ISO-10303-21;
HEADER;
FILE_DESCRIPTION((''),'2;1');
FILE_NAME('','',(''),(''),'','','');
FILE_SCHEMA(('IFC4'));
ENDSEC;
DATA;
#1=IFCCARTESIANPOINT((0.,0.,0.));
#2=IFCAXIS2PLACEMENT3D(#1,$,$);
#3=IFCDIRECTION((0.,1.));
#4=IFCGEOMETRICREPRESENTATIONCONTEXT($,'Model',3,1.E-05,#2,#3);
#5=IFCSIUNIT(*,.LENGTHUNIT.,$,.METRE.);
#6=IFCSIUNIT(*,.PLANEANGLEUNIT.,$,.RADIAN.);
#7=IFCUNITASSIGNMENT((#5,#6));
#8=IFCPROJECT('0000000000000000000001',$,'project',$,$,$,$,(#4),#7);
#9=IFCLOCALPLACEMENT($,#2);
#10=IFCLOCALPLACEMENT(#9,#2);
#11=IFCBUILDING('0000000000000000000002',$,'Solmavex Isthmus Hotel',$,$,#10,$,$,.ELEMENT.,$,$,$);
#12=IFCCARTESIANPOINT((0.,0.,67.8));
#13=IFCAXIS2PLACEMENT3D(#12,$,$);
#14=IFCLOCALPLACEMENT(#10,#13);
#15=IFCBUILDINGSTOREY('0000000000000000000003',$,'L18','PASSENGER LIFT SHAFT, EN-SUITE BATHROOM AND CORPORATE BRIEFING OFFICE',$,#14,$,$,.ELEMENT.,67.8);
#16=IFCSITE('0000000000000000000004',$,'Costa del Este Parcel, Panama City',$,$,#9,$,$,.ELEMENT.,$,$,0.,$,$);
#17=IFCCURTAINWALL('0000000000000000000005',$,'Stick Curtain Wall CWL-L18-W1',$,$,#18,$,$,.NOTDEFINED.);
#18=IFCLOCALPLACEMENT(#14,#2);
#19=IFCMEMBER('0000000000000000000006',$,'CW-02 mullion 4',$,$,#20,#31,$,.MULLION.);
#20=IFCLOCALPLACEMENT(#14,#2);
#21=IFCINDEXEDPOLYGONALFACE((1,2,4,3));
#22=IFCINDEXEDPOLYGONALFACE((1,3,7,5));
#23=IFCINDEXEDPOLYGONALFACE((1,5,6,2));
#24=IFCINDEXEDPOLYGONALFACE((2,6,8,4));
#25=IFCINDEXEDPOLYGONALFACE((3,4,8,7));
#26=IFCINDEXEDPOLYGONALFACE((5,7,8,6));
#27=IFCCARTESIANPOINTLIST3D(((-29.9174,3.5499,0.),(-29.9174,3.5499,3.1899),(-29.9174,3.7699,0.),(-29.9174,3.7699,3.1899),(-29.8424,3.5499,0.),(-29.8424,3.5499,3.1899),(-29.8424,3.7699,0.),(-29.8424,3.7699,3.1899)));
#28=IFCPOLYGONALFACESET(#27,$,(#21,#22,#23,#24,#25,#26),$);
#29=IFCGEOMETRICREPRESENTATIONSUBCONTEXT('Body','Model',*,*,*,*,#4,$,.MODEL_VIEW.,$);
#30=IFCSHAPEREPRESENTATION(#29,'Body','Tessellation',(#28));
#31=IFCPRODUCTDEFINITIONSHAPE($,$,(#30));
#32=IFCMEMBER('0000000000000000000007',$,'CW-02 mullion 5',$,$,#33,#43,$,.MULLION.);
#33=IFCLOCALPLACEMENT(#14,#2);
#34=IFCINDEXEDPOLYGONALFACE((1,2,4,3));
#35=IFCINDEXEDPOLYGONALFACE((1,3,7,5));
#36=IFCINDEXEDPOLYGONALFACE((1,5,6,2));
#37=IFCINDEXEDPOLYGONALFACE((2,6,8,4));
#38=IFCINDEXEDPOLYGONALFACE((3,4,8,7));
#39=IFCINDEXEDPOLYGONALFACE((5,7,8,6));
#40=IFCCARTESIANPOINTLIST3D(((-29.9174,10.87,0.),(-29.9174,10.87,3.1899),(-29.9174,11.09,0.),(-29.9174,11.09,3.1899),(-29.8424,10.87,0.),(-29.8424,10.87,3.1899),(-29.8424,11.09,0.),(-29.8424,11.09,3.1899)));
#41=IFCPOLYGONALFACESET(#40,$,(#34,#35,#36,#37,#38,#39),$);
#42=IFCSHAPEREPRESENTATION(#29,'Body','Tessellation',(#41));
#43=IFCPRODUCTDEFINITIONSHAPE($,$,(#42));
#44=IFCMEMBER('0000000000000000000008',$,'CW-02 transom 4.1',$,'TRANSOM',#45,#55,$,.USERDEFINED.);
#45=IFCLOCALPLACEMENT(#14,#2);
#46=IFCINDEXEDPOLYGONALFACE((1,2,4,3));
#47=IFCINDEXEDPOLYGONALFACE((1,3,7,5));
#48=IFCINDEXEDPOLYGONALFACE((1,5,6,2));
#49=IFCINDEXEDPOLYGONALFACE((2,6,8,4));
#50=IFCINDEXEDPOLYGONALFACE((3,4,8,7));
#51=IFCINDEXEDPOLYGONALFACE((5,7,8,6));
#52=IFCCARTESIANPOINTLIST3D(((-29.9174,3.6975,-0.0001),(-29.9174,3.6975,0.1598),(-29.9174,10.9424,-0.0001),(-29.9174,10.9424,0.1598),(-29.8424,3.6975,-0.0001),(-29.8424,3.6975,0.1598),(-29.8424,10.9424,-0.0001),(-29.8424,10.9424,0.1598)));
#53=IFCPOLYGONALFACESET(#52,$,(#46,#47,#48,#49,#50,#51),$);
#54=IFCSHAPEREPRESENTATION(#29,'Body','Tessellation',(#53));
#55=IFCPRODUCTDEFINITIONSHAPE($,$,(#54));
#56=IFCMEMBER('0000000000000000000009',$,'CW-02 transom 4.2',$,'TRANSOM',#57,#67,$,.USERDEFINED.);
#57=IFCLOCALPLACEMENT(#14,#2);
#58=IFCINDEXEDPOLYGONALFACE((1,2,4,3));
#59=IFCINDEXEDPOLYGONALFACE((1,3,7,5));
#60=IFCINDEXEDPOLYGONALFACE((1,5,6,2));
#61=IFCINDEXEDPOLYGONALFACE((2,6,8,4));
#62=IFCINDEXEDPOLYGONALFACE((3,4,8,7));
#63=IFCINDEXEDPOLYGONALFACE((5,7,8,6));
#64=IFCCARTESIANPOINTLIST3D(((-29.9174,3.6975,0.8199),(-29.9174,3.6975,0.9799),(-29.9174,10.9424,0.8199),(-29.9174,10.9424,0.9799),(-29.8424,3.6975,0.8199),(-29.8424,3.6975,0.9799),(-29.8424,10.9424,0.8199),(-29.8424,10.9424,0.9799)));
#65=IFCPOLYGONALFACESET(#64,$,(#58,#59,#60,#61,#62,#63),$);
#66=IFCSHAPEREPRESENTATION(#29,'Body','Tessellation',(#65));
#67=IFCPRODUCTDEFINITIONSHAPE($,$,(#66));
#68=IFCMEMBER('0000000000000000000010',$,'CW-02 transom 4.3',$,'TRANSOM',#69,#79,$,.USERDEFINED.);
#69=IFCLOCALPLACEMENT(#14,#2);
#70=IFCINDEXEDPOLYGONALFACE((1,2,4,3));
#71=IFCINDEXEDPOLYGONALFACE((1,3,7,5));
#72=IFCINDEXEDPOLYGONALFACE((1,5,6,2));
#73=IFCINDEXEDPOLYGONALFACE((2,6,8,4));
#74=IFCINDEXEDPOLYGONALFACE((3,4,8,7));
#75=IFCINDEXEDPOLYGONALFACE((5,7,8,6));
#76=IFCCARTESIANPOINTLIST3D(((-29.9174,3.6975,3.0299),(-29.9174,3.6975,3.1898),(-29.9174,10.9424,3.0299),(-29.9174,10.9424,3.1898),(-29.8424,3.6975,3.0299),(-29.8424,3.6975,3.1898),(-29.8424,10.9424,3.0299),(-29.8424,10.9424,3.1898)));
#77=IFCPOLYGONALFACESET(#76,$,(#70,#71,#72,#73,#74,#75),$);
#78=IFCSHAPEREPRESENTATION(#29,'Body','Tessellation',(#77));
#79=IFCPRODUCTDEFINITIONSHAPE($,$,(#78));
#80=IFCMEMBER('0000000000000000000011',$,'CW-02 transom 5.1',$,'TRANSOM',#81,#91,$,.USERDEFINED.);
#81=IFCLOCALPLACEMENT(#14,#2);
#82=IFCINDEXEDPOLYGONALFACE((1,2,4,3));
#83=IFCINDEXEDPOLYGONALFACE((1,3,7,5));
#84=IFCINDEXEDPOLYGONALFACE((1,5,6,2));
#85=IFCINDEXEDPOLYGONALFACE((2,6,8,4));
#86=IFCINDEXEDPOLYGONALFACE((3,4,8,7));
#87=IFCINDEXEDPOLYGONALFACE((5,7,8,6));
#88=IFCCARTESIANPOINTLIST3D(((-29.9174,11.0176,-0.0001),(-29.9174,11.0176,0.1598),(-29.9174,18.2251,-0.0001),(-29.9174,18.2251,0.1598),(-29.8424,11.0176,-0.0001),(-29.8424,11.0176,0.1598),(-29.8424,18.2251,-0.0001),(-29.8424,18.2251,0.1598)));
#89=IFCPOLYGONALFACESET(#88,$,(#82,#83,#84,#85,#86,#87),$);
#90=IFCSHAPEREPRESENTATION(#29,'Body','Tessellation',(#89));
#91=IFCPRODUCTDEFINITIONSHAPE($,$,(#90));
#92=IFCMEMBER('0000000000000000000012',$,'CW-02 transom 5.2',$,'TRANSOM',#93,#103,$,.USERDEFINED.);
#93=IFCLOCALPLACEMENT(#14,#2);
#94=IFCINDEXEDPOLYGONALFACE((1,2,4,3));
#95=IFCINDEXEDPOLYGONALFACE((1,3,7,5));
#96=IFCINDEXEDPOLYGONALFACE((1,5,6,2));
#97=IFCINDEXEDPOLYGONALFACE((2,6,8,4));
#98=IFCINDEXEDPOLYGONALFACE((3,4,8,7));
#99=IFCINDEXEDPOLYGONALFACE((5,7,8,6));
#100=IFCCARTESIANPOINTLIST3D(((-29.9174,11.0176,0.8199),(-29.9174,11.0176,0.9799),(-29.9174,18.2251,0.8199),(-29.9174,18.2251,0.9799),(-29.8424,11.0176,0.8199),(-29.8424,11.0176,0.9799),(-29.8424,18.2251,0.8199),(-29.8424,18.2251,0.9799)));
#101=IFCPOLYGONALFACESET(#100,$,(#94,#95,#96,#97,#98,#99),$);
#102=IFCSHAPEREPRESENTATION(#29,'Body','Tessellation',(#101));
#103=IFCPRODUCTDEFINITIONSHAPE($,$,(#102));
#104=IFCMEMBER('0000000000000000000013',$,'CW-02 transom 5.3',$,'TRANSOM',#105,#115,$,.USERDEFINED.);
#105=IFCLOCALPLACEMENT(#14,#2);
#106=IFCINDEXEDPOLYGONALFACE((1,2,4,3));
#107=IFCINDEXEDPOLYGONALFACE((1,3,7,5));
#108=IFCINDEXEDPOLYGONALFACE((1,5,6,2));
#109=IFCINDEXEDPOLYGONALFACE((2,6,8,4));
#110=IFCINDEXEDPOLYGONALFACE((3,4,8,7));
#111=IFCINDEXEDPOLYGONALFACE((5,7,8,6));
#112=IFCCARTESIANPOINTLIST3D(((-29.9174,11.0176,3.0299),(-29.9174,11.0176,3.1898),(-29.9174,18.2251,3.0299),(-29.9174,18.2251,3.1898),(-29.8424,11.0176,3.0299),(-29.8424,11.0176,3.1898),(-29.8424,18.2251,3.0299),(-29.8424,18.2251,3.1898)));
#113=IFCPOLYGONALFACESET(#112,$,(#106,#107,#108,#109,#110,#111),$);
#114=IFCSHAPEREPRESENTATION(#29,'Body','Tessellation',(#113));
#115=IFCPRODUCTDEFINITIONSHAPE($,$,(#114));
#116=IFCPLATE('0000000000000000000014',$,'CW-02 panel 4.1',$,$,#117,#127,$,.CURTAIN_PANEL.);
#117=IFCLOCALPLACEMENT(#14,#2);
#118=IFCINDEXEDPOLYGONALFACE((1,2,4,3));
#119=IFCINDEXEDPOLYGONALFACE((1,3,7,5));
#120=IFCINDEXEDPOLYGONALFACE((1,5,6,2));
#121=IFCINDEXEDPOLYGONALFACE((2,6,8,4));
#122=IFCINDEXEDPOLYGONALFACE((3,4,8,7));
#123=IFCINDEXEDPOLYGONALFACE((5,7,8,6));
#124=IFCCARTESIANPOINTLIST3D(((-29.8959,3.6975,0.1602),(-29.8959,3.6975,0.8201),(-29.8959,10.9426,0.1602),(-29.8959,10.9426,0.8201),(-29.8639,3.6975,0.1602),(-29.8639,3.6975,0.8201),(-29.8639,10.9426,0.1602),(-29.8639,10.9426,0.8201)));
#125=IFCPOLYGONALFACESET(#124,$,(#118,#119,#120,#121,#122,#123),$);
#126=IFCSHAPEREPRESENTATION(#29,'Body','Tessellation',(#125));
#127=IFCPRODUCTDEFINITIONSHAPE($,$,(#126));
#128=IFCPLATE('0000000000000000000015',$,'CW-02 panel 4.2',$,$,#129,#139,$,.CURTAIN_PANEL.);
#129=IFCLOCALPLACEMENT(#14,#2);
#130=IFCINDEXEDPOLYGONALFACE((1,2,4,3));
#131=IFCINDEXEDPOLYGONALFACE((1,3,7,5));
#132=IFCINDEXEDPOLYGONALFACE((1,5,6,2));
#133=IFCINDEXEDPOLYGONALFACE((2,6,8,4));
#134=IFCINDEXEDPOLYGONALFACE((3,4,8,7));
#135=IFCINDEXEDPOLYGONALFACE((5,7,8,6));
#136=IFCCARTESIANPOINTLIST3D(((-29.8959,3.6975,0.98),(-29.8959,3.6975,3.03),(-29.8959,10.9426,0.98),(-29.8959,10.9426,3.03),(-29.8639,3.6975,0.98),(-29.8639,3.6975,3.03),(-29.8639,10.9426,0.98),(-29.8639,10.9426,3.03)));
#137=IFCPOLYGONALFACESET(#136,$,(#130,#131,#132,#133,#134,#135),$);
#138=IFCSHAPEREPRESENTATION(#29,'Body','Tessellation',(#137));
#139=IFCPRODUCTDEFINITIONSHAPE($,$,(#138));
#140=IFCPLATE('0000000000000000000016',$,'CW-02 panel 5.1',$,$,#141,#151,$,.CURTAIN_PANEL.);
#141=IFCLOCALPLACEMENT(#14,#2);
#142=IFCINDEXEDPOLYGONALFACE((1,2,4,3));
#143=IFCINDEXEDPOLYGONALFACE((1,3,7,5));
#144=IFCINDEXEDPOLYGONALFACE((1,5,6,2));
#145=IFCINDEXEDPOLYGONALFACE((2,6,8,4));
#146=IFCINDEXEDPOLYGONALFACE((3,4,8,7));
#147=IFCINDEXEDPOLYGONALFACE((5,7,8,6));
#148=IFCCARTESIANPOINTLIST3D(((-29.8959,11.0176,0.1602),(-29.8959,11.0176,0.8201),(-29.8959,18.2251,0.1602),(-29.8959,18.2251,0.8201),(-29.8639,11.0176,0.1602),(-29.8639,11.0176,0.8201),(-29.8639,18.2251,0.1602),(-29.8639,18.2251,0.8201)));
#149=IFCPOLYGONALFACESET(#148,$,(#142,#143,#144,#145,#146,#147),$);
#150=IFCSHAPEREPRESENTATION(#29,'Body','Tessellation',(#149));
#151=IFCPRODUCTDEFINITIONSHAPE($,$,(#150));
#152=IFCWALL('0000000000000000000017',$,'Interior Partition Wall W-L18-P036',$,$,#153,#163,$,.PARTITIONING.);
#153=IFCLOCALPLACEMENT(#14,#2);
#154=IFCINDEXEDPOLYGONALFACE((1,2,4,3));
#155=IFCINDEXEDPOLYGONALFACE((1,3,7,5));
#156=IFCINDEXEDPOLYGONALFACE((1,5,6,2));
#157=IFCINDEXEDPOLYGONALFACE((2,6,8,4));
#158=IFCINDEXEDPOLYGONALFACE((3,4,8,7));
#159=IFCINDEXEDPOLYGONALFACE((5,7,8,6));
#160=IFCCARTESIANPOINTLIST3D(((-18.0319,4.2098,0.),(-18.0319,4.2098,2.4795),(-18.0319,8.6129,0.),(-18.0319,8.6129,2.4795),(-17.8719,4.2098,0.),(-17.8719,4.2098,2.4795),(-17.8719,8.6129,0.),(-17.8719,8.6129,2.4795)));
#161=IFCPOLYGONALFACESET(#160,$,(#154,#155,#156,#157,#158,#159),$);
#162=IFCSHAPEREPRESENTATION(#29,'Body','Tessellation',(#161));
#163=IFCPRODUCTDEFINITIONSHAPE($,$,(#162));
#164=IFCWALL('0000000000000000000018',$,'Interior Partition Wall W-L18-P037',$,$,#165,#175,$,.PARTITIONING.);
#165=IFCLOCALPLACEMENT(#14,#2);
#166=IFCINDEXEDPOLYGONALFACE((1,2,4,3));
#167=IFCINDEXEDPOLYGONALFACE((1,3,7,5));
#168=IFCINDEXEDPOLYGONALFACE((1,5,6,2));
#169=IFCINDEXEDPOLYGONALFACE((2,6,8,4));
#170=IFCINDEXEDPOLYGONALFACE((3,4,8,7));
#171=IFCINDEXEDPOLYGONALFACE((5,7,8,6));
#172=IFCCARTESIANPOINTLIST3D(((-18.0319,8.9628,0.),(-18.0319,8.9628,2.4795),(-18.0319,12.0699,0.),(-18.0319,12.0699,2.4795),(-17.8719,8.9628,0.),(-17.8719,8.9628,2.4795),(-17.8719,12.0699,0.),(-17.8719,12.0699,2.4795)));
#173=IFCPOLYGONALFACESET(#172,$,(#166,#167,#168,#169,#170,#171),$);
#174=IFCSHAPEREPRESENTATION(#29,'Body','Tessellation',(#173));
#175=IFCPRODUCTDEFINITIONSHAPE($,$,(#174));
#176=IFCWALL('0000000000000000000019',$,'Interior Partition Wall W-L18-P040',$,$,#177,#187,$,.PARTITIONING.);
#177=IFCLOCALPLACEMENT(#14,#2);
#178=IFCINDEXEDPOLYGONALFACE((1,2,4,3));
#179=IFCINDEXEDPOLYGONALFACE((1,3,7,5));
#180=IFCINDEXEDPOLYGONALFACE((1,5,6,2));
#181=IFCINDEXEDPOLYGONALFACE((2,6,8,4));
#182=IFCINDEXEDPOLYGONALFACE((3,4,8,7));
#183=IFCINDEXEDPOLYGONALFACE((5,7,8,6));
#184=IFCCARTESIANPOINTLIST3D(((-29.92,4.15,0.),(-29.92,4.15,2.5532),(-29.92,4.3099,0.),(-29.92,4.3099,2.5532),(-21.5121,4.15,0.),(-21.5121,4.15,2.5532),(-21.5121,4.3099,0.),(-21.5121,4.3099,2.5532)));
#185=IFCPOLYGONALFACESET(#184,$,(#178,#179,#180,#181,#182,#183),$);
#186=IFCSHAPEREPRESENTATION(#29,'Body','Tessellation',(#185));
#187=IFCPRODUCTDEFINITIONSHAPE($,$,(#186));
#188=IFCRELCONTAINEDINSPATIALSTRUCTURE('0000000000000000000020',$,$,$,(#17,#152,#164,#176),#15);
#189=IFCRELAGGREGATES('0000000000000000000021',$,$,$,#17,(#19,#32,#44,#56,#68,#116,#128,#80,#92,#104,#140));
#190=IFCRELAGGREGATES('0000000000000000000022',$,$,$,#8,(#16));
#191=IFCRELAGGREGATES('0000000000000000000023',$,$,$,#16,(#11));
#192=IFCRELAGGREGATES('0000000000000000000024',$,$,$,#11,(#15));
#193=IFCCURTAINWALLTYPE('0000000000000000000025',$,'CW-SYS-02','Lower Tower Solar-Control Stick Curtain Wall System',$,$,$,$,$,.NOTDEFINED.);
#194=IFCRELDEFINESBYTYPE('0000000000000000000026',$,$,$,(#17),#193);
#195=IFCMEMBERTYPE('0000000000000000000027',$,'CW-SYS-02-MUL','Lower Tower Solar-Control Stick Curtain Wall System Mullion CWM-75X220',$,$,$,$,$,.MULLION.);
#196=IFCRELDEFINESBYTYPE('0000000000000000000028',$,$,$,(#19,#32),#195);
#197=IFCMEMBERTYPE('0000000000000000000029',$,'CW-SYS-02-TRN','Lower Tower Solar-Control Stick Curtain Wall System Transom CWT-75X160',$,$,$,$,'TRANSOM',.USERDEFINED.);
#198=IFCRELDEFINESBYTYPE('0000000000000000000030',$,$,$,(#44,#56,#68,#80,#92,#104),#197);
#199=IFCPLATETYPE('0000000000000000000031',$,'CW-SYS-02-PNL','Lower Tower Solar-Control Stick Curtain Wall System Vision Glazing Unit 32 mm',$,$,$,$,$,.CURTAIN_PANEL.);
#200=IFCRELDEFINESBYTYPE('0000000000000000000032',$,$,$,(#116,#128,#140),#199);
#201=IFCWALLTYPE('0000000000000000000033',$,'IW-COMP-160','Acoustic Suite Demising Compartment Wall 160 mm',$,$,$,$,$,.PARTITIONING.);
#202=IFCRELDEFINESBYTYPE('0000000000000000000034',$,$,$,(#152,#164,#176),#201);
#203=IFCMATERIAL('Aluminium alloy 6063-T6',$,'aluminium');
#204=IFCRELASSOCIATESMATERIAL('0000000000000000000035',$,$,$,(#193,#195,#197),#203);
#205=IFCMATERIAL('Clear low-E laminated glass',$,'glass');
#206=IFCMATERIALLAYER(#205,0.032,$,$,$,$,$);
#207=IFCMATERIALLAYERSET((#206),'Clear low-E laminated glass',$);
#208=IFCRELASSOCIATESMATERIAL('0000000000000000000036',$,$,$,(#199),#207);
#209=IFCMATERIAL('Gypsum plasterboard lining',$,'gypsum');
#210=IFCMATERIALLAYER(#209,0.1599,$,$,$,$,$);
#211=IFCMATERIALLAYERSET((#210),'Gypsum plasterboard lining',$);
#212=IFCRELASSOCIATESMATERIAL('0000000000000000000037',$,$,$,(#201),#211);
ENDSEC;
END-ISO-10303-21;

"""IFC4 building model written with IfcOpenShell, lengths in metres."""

from ifc_helpers import new_model, si_unit, direction, frame, frame_2d, origin, origin_2d, place, context, subcontext, project, spatial, rectangle, extrude, material, layer, layer_set, material_profile, profile_set, type_object, element, aggregate, save


model = new_model("IFC4")

# Units and contexts
model_context = context("Model", 3, precision=1e-05, world=origin(), true_north=direction((0.0, 1.0)))
body_context = subcontext(model_context, "Body", "Model", "MODEL_VIEW")
ifc_project = project(units=[si_unit("LENGTHUNIT", "METRE"), si_unit("PLANEANGLEUNIT", "RADIAN")], contexts=[model_context])

# Site, building, storey
site_placement = place(None, origin())
site = spatial("IfcSite", under=ifc_project, at=site_placement, Name="Costa del Este Parcel, Panama City", CompositionType="ELEMENT", RefElevation=0.0)
building_placement = place(site_placement, origin())
building = spatial("IfcBuilding", under=site, at=building_placement, Name="Solmavex Isthmus Hotel", CompositionType="ELEMENT")
storey_placement = place(building_placement, frame((0.0, 0.0, 67.8)))
storey = spatial("IfcBuildingStorey", under=building, at=storey_placement, Name="L18", Description="PASSENGER LIFT SHAFT, EN-SUITE BATHROOM AND CORPORATE BRIEFING OFFICE", CompositionType="ELEMENT", Elevation=67.8)

# Curtain wall, members, plates
ifc_material_1 = material(Name="Aluminium alloy 6063-T6", Category="aluminium")
curtain_wall_type = type_object("IfcCurtainWallType", Name="CW-SYS-02", Description="Lower Tower Solar-Control Stick Curtain Wall System", PredefinedType="NOTDEFINED", material=ifc_material_1)
curtain_wall_placement = place(storey_placement, origin())
curtain_wall = element("IfcCurtainWall", 1, at=curtain_wall_placement, inside=storey, type_object=curtain_wall_type, Name="Stick Curtain Wall CWL-L18-W1", PredefinedType="NOTDEFINED")
ifc_material_profile_1 = material_profile(ifc_material_1, rectangle(XDim=0.075, YDim=0.22, at=origin_2d()), Name="CWM-75X220")
ifc_profile_set_1 = profile_set([ifc_material_profile_1], Name="Aluminium alloy 6063-T6")
member_type_1 = type_object("IfcMemberType", Name="CW-SYS-02-MUL", Description="Lower Tower Solar-Control Stick Curtain Wall System Mullion CWM-75X220", PredefinedType="MULLION", material=ifc_profile_set_1)
member_1_placement = place(storey_placement, frame((-29.8799, 3.6599, 0.0), z_axis=(0.0, 0.0, 1.0), x_axis=(-1.0, 0.0, 0.0)))
member_1 = element("IfcMember", 2, at=member_1_placement, type_object=member_type_1, Name="CW-02 mullion 4", PredefinedType="MULLION", context=body_context, shape_type="SweptSolid", body=[
    extrude(rectangle(XDim=0.075, YDim=0.22, at=origin_2d()), origin(), (0.0, 0.0, 1.0), 3.1899),
])
member_2_placement = place(storey_placement, frame((-29.8799, 10.98, 0.0), z_axis=(0.0, 0.0, 1.0), x_axis=(-1.0, 0.0, 0.0)))
member_2 = element("IfcMember", 3, at=member_2_placement, type_object=member_type_1, Name="CW-02 mullion 5", PredefinedType="MULLION", context=body_context, shape_type="SweptSolid", body=[
    extrude(rectangle(XDim=0.075, YDim=0.22, at=origin_2d()), origin(), (0.0, 0.0, 1.0), 3.1899),
])
ifc_material_profile_2 = material_profile(ifc_material_1, rectangle(XDim=0.075, YDim=0.1599, at=origin_2d()), Name="CWT-75X160")
ifc_profile_set_2 = profile_set([ifc_material_profile_2], Name="Aluminium alloy 6063-T6")
member_type_2 = type_object("IfcMemberType", Name="CW-SYS-02-TRN", Description="Lower Tower Solar-Control Stick Curtain Wall System Transom CWT-75X160", ElementType="TRANSOM", PredefinedType="USERDEFINED", material=ifc_profile_set_2)
member_3_placement = place(storey_placement, frame((-29.8799, 3.6975, 0.0798), z_axis=(0.0, 1.0, 0.0), x_axis=(-1.0, 0.0, 0.0)))
member_3 = element("IfcMember", 4, at=member_3_placement, type_object=member_type_2, Name="CW-02 transom 4.1", ObjectType="TRANSOM", PredefinedType="USERDEFINED", context=body_context, shape_type="SweptSolid", body=[
    extrude(rectangle(XDim=0.075, YDim=0.1599, at=origin_2d()), origin(), (0.0, 0.0, 1.0), 7.2449),
])
member_4_placement = place(storey_placement, frame((-29.8799, 3.6975, 0.8999), z_axis=(0.0, 1.0, 0.0), x_axis=(-1.0, 0.0, 0.0)))
member_4 = element("IfcMember", 5, at=member_4_placement, type_object=member_type_2, Name="CW-02 transom 4.2", ObjectType="TRANSOM", PredefinedType="USERDEFINED", context=body_context, shape_type="SweptSolid", body=[
    extrude(rectangle(XDim=0.075, YDim=0.1599, at=origin_2d()), origin(), (0.0, 0.0, 1.0), 7.2449),
])
member_5_placement = place(storey_placement, frame((-29.8799, 3.6975, 3.1099), z_axis=(0.0, 1.0, 0.0), x_axis=(-1.0, 0.0, 0.0)))
member_5 = element("IfcMember", 6, at=member_5_placement, type_object=member_type_2, Name="CW-02 transom 4.3", ObjectType="TRANSOM", PredefinedType="USERDEFINED", context=body_context, shape_type="SweptSolid", body=[
    extrude(rectangle(XDim=0.075, YDim=0.1599, at=origin_2d()), origin(), (0.0, 0.0, 1.0), 7.2449),
])
member_6_placement = place(storey_placement, frame((-29.8799, 11.0176, 0.0798), z_axis=(0.0, 1.0, 0.0), x_axis=(-1.0, 0.0, 0.0)))
member_6 = element("IfcMember", 7, at=member_6_placement, type_object=member_type_2, Name="CW-02 transom 5.1", ObjectType="TRANSOM", PredefinedType="USERDEFINED", context=body_context, shape_type="SweptSolid", body=[
    extrude(rectangle(XDim=0.075, YDim=0.1599, at=origin_2d()), origin(), (0.0, 0.0, 1.0), 7.2075),
])
member_7_placement = place(storey_placement, frame((-29.8799, 11.0176, 0.8999), z_axis=(0.0, 1.0, 0.0), x_axis=(-1.0, 0.0, 0.0)))
member_7 = element("IfcMember", 8, at=member_7_placement, type_object=member_type_2, Name="CW-02 transom 5.2", ObjectType="TRANSOM", PredefinedType="USERDEFINED", context=body_context, shape_type="SweptSolid", body=[
    extrude(rectangle(XDim=0.075, YDim=0.1599, at=origin_2d()), origin(), (0.0, 0.0, 1.0), 7.2075),
])
member_8_placement = place(storey_placement, frame((-29.8799, 11.0176, 3.1099), z_axis=(0.0, 1.0, 0.0), x_axis=(-1.0, 0.0, 0.0)))
member_8 = element("IfcMember", 9, at=member_8_placement, type_object=member_type_2, Name="CW-02 transom 5.3", ObjectType="TRANSOM", PredefinedType="USERDEFINED", context=body_context, shape_type="SweptSolid", body=[
    extrude(rectangle(XDim=0.075, YDim=0.1599, at=origin_2d()), origin(), (0.0, 0.0, 1.0), 7.2075),
])
ifc_material_2 = material(Name="Clear low-E laminated glass", Category="glass")
ifc_layer_1 = layer(ifc_material_2, 0.032)
ifc_layer_set_1 = layer_set([ifc_layer_1], Name="Clear low-E laminated glass")
plate_type = type_object("IfcPlateType", Name="CW-SYS-02-PNL", Description="Lower Tower Solar-Control Stick Curtain Wall System Vision Glazing Unit 32 mm", PredefinedType="CURTAIN_PANEL", material=ifc_layer_set_1)
plate_1_placement = place(storey_placement, frame((-29.8799, 7.3201, 0.1602), z_axis=(0.0, 0.0, 1.0), x_axis=(0.0, 1.0, 0.0)))
plate_1 = element("IfcPlate", 10, at=plate_1_placement, type_object=plate_type, Name="CW-02 panel 4.1", PredefinedType="CURTAIN_PANEL", context=body_context, shape_type="SweptSolid", body=[
    extrude(rectangle(XDim=7.2451, YDim=0.032, at=origin_2d()), origin(), (0.0, 0.0, 1.0), 0.6599),
])
plate_2_placement = place(storey_placement, frame((-29.8799, 7.3201, 0.98), z_axis=(0.0, 0.0, 1.0), x_axis=(0.0, 1.0, 0.0)))
plate_2 = element("IfcPlate", 11, at=plate_2_placement, type_object=plate_type, Name="CW-02 panel 4.2", PredefinedType="CURTAIN_PANEL", context=body_context, shape_type="SweptSolid", body=[
    extrude(rectangle(XDim=7.2451, YDim=0.032, at=origin_2d()), origin(), (0.0, 0.0, 1.0), 2.05),
])
plate_3_placement = place(storey_placement, frame((-29.8799, 14.6213, 0.1602), z_axis=(0.0, 0.0, 1.0), x_axis=(0.0, 1.0, 0.0)))
plate_3 = element("IfcPlate", 12, at=plate_3_placement, type_object=plate_type, Name="CW-02 panel 5.1", PredefinedType="CURTAIN_PANEL", context=body_context, shape_type="SweptSolid", body=[
    extrude(rectangle(XDim=7.2075, YDim=0.032, at=origin_2d()), origin(), (0.0, 0.0, 1.0), 0.6599),
])
aggregate(curtain_wall, [member_1, member_2, member_3, member_4, member_5, plate_1, plate_2, member_6, member_7, member_8, plate_3])

# Walls
ifc_material_3 = material(Name="Gypsum plasterboard lining", Category="gypsum")
ifc_layer_2 = layer(ifc_material_3, 0.1599)
ifc_layer_set_2 = layer_set([ifc_layer_2], Name="Gypsum plasterboard lining")
wall_type_1 = type_object("IfcWallType", Name="IW-COMP-160", Description="Acoustic Suite Demising Compartment Wall 160 mm", PredefinedType="PARTITIONING", material=ifc_layer_set_2)
wall_1_placement = place(storey_placement, frame((-17.9519, 8.613, 0.0), z_axis=(0.0, 0.0, 1.0), x_axis=(0.0, -1.0, 0.0)))
element("IfcWall", 13, at=wall_1_placement, inside=storey, type_object=wall_type_1, Name="Interior Partition Wall W-L18-P036", PredefinedType="PARTITIONING", context=body_context, shape_type="SweptSolid", body=[
    extrude(rectangle(XDim=4.4031, YDim=0.1599, at=frame_2d((2.2017, 0.0))), origin(), (0.0, 0.0, 1.0), 2.4795),
])
wall_2_placement = place(storey_placement, frame((-17.9519, 12.0701, 0.0), z_axis=(0.0, 0.0, 1.0), x_axis=(0.0, -1.0, 0.0)))
element("IfcWall", 14, at=wall_2_placement, inside=storey, type_object=wall_type_1, Name="Interior Partition Wall W-L18-P037", PredefinedType="PARTITIONING", context=body_context, shape_type="SweptSolid", body=[
    extrude(rectangle(XDim=3.1072, YDim=0.1599, at=frame_2d((1.5537, 0.0))), origin(), (0.0, 0.0, 1.0), 2.4795),
])
wall_3_placement = place(storey_placement, frame((-21.512, 4.23, 0.0), z_axis=(0.0, 0.0, 1.0), x_axis=(-1.0, 0.0, 0.0)))
element("IfcWall", 15, at=wall_3_placement, inside=storey, type_object=wall_type_1, Name="Interior Partition Wall W-L18-P040", PredefinedType="PARTITIONING", context=body_context, shape_type="SweptSolid", body=[
    extrude(rectangle(XDim=8.408, YDim=0.1599, at=frame_2d((4.2041, 0.0))), origin(), (0.0, 0.0, 1.0), 2.5532),
])

save(model, "model.ifc")
